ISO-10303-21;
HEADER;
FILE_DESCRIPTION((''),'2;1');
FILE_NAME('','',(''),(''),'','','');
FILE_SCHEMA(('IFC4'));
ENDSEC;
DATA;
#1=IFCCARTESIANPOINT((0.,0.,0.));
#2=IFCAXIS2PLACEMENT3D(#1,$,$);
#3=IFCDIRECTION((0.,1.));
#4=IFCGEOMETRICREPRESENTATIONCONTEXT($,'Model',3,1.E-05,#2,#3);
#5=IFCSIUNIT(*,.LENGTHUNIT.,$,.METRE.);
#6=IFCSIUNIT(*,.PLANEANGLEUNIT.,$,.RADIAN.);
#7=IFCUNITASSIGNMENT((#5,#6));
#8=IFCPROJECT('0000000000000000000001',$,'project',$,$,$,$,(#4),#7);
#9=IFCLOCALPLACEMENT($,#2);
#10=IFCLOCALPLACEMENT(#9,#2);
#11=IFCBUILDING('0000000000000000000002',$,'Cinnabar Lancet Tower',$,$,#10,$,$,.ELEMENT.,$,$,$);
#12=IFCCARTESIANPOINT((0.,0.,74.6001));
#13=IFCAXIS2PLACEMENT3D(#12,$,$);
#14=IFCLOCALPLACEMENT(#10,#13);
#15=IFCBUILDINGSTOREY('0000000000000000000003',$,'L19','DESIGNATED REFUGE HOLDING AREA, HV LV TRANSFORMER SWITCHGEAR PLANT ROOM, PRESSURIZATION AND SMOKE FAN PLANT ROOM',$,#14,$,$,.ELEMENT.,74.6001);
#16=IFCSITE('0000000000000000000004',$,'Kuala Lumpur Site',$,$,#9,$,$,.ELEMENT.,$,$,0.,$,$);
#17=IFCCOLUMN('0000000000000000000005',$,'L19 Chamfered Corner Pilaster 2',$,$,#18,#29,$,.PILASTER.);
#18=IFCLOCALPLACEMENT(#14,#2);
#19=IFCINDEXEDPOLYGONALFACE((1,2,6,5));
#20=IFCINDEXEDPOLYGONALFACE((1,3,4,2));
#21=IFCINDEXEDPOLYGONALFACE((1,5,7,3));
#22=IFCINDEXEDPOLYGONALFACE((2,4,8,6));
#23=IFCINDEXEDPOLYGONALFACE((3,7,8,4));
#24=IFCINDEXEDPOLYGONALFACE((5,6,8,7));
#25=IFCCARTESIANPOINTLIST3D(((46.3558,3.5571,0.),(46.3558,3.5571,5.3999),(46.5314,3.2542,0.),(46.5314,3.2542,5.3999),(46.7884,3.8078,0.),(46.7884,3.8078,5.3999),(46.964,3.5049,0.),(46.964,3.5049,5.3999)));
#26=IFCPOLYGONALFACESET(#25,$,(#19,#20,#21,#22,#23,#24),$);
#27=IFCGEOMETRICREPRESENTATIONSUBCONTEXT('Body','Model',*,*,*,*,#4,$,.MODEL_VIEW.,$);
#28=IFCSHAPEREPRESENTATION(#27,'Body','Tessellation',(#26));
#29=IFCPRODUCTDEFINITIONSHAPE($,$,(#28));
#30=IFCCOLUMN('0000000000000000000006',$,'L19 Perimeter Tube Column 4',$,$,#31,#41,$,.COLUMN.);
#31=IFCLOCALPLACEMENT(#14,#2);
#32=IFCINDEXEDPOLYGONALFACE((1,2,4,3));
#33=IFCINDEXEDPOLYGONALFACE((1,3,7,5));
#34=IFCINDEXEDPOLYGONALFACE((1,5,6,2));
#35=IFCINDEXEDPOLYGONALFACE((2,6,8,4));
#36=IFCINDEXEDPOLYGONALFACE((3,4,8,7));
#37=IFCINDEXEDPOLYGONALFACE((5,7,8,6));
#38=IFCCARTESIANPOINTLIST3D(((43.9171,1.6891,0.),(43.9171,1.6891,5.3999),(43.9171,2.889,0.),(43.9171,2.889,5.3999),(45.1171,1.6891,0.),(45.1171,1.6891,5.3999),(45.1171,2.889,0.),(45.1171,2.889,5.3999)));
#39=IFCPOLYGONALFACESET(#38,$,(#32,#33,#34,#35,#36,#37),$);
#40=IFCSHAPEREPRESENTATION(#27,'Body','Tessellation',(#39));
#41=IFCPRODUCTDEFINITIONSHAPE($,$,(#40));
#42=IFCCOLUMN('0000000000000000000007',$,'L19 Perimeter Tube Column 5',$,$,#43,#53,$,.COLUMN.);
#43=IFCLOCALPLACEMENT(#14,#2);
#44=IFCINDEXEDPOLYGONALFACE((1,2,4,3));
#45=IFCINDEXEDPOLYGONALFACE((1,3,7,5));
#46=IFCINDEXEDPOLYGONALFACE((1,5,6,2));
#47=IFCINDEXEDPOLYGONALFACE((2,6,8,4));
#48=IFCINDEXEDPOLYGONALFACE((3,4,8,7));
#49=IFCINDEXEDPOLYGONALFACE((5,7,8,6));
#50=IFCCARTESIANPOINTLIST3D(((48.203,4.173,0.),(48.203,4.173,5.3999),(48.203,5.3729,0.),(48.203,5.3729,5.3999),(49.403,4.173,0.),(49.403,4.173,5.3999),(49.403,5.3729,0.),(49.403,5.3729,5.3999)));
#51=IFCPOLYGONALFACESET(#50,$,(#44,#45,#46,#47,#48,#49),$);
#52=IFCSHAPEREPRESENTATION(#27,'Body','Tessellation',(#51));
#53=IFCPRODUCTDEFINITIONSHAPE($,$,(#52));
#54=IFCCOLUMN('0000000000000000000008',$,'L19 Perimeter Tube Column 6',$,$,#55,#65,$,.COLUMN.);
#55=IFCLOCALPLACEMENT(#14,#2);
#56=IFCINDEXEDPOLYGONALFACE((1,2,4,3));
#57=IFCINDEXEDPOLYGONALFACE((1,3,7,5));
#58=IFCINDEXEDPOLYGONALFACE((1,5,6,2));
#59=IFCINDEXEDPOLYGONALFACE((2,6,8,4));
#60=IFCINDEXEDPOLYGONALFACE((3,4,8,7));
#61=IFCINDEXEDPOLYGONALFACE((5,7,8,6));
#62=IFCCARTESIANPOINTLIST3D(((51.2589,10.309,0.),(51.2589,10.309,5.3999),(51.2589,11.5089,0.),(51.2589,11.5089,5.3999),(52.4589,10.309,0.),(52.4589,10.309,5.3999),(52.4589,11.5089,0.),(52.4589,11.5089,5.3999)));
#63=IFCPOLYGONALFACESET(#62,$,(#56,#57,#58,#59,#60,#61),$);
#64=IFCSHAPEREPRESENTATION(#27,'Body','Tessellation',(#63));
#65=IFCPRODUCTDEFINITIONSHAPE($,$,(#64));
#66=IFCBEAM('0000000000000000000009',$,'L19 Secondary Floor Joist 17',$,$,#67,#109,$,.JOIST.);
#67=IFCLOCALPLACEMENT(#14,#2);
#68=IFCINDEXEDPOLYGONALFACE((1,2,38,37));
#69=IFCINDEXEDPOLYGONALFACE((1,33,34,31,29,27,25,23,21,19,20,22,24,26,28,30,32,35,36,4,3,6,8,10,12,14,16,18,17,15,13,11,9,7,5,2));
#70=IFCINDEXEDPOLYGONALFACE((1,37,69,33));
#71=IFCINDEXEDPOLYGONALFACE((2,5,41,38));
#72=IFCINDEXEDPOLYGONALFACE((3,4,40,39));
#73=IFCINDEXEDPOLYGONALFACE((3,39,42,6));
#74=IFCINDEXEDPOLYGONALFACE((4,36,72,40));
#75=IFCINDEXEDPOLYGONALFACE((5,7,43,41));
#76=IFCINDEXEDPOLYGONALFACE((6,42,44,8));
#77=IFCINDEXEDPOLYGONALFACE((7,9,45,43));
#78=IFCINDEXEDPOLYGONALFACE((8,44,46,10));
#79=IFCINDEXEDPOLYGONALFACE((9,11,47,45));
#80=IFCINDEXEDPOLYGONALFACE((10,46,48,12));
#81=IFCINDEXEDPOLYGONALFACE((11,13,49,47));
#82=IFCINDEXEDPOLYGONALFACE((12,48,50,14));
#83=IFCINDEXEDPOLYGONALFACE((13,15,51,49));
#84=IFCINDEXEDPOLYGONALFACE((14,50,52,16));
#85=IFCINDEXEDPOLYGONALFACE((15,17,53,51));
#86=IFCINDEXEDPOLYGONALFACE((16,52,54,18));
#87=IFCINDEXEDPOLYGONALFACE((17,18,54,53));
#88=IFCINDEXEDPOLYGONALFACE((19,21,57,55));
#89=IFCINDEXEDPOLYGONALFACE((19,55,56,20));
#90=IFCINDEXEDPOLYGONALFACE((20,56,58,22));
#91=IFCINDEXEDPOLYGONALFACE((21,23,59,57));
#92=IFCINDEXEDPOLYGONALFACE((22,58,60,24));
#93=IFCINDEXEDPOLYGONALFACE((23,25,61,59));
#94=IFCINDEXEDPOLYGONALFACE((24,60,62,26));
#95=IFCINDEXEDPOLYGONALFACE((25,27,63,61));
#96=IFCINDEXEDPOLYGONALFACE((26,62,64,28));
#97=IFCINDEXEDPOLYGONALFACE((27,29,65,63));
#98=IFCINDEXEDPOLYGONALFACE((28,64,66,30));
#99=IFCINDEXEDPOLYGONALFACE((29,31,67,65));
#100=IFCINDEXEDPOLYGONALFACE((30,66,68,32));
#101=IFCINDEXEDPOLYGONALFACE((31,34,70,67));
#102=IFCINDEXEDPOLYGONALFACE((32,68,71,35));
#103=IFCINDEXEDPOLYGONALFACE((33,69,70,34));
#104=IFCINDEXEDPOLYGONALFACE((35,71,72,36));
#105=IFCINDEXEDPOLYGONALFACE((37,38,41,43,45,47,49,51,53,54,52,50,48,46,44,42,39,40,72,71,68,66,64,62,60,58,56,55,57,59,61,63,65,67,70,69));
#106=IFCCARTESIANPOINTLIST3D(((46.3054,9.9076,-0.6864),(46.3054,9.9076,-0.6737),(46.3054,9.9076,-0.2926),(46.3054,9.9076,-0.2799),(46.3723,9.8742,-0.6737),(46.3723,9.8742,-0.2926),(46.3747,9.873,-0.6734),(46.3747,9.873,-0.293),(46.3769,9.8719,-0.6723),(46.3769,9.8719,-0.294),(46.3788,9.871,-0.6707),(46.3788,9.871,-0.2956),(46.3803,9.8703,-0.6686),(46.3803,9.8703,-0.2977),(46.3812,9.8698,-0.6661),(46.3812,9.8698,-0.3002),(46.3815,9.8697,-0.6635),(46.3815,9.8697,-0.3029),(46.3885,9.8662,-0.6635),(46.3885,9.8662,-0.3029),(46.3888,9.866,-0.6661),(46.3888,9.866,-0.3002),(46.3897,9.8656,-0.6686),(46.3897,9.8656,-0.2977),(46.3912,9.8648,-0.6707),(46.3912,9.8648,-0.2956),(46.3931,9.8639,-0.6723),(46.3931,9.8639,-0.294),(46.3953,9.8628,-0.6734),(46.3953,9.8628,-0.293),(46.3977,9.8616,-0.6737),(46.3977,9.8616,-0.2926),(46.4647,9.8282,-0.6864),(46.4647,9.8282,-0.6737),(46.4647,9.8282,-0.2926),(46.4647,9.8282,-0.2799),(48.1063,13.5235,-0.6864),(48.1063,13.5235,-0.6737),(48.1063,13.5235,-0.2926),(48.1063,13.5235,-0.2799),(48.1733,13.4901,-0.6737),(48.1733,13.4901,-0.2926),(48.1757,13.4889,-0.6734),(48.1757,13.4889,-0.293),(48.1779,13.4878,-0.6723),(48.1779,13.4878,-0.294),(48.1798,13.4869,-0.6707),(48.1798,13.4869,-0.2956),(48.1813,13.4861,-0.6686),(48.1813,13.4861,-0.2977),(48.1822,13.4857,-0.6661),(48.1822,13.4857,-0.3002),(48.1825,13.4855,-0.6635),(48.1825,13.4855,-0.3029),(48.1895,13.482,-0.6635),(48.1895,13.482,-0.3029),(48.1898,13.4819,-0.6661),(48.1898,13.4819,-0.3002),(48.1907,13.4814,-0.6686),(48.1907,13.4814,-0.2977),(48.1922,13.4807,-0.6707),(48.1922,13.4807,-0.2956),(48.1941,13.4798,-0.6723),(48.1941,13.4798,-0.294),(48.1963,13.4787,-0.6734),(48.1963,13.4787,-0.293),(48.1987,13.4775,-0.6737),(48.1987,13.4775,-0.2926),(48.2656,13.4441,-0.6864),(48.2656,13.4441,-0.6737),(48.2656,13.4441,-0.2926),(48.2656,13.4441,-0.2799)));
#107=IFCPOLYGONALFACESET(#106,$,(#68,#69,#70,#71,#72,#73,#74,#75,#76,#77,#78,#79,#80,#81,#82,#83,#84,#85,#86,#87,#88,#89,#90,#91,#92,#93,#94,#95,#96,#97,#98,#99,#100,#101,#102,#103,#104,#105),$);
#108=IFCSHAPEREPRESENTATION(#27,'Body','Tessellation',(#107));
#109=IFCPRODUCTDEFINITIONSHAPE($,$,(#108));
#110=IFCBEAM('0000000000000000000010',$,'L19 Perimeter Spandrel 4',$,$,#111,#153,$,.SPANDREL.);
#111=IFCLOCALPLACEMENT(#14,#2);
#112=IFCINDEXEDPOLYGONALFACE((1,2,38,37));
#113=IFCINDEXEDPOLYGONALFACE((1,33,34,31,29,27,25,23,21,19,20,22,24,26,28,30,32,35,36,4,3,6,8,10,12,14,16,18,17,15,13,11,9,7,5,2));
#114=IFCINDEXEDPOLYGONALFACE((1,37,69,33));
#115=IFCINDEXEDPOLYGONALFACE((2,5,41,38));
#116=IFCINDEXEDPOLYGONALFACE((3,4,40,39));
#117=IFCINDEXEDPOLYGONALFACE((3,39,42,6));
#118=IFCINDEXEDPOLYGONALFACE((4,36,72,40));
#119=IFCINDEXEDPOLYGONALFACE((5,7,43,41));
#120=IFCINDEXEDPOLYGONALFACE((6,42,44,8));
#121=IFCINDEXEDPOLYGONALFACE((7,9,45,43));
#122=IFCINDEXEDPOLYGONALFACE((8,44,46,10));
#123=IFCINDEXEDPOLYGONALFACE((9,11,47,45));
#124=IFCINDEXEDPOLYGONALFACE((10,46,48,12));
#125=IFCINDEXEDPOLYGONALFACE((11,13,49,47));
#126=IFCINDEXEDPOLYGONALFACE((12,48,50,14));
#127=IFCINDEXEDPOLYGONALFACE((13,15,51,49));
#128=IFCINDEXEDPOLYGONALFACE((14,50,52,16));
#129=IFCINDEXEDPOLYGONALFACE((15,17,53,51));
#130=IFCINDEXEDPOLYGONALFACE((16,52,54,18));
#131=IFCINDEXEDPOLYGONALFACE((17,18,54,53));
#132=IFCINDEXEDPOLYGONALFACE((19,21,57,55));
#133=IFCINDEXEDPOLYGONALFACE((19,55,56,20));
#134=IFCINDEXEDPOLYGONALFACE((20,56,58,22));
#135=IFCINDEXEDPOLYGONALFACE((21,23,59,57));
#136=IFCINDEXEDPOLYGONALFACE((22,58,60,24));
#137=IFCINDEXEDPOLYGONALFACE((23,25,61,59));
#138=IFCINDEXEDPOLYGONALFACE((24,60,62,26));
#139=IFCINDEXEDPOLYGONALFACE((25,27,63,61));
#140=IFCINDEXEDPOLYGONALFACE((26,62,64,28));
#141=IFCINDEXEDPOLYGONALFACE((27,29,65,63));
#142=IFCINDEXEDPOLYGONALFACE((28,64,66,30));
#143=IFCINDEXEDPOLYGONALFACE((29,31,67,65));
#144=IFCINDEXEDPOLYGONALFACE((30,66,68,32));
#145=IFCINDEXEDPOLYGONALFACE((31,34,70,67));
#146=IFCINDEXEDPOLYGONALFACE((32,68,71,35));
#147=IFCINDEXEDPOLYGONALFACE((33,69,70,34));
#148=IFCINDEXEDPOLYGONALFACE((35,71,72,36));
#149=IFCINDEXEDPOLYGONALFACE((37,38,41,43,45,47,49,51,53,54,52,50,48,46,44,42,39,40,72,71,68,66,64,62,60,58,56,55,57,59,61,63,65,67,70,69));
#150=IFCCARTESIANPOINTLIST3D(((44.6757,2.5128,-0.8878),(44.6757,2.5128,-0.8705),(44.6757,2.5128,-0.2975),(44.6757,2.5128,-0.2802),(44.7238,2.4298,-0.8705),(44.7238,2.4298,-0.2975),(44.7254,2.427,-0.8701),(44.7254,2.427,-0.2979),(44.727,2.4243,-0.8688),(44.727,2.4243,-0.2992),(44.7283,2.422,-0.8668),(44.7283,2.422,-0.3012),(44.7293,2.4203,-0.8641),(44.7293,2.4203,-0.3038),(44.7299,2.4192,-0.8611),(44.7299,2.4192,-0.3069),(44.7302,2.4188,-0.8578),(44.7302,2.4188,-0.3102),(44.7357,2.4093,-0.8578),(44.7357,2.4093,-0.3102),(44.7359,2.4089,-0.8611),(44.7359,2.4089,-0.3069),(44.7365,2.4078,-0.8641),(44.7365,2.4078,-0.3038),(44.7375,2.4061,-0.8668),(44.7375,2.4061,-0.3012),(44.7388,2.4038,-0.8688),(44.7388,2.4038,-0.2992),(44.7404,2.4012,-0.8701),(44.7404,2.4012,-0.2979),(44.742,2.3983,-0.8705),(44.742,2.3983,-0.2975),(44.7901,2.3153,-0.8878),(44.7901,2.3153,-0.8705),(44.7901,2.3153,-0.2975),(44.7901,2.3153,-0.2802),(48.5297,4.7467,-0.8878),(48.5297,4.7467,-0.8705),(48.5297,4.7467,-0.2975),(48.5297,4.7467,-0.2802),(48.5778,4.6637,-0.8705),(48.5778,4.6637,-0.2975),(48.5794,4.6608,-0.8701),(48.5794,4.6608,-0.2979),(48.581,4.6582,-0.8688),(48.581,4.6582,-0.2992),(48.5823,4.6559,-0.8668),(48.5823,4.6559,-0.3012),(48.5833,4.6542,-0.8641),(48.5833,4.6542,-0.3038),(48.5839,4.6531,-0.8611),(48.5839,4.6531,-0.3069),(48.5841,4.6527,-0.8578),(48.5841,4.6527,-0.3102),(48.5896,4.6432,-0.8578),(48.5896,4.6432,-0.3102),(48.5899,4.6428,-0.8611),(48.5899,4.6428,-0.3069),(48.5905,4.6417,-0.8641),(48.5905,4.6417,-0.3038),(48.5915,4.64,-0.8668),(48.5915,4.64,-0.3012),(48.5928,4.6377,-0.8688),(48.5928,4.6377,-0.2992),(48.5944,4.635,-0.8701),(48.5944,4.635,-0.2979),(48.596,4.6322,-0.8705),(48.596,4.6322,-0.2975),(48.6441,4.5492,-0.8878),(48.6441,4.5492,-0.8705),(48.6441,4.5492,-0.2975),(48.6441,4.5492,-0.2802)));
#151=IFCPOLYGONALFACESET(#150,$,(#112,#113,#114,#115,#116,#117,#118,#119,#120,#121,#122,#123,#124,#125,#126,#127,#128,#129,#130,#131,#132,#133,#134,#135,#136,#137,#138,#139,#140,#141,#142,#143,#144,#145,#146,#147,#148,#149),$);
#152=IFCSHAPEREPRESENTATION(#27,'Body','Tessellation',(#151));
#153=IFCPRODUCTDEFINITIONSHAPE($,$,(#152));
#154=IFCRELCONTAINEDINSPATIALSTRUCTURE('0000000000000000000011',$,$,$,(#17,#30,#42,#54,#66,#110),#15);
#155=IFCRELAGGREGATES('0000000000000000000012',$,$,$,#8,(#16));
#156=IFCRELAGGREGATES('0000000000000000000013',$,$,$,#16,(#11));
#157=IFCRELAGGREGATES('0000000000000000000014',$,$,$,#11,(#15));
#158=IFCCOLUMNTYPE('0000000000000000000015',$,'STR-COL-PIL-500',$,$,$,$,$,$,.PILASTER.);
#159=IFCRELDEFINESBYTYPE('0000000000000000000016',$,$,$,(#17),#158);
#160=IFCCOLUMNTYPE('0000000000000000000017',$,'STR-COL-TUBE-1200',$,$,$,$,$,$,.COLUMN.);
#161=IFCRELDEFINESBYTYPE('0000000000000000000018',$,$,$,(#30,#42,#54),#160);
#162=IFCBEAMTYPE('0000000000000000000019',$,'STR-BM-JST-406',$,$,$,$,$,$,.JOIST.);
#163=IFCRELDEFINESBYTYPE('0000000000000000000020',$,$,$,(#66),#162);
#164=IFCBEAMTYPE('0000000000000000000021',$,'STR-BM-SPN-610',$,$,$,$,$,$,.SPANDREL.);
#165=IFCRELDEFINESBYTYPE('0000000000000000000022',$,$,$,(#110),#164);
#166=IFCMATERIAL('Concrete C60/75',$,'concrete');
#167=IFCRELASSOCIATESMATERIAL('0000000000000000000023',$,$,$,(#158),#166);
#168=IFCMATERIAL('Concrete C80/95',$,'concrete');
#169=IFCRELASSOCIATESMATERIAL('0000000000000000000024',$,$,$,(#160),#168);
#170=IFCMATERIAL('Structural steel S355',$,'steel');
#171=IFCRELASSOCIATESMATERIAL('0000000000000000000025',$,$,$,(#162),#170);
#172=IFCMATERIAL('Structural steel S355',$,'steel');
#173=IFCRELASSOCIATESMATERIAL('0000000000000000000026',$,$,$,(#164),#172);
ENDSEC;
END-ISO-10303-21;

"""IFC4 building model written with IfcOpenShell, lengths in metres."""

from ifc_helpers import new_model, si_unit, direction, frame, origin, origin_2d, place, context, subcontext, project, spatial, rectangle, i_section, extrude, material, material_profile, profile_set, type_object, element, save


model = new_model("IFC4")

# Units and contexts
model_context = context("Model", 3, precision=1e-05, world=origin(), true_north=direction((0.0, 1.0)))
body_context = subcontext(model_context, "Body", "Model", "MODEL_VIEW")
ifc_project = project(units=[si_unit("LENGTHUNIT", "METRE"), si_unit("PLANEANGLEUNIT", "RADIAN")], contexts=[model_context])

# Site, building, storey
site_placement = place(None, origin())
site = spatial("IfcSite", under=ifc_project, at=site_placement, Name="Kuala Lumpur Site", CompositionType="ELEMENT", RefElevation=0.0)
building_placement = place(site_placement, origin())
building = spatial("IfcBuilding", under=site, at=building_placement, Name="Cinnabar Lancet Tower", CompositionType="ELEMENT")
storey_placement = place(building_placement, frame((0.0, 0.0, 74.6001)))
storey = spatial("IfcBuildingStorey", under=building, at=storey_placement, Name="L19", Description="DESIGNATED REFUGE HOLDING AREA, HV LV TRANSFORMER SWITCHGEAR PLANT ROOM, PRESSURIZATION AND SMOKE FAN PLANT ROOM", CompositionType="ELEMENT", Elevation=74.6001)

# Columns
ifc_material_1 = material(Name="Concrete C60/75", Category="concrete")
ifc_material_profile_1 = material_profile(ifc_material_1, rectangle(XDim=0.5, YDim=0.3501, at=origin_2d()), Name="RC-PIL 500x350")
ifc_profile_set_1 = profile_set([ifc_material_profile_1], Name="Concrete C60/75")
column_type_1 = type_object("IfcColumnType", Name="STR-COL-PIL-500", PredefinedType="PILASTER", material=ifc_profile_set_1)
column_placement = place(storey_placement, frame((46.6599, 3.531, 0.0), z_axis=(0.0, 0.0, 1.0), x_axis=(0.865195, 0.501435, 0.0)))
element("IfcColumn", 1, at=column_placement, inside=storey, type_object=column_type_1, Name="L19 Chamfered Corner Pilaster 2", PredefinedType="PILASTER", context=body_context, shape_type="SweptSolid", body=[
    extrude(rectangle(XDim=0.5, YDim=0.3501, at=origin_2d()), origin(), (0.0, 0.0, 1.0), 5.3999),
])
ifc_material_2 = material(Name="Concrete C80/95", Category="concrete")
ifc_material_profile_2 = material_profile(ifc_material_2, rectangle(XDim=1.2, YDim=1.2, at=origin_2d()), Name="RC-COL 1200x1200")
ifc_profile_set_2 = profile_set([ifc_material_profile_2], Name="Concrete C80/95")
column_type_2 = type_object("IfcColumnType", Name="STR-COL-TUBE-1200", PredefinedType="COLUMN", material=ifc_profile_set_2)
for number, where, z_axis, x_axis, name in (
    (2, (44.5171, 2.2891, 0.0), (0.0, 0.0, 1.0), (1.0, 0.0, 0.0), "L19 Perimeter Tube Column 4"),
    (3, (48.803, 4.7729, 0.0), (0.0, 0.0, 1.0), (1.0, 0.0, 0.0), "L19 Perimeter Tube Column 5"),
    (4, (51.8589, 10.9089, 0.0), (0.0, 0.0, 1.0), (1.0, 0.0, 0.0), "L19 Perimeter Tube Column 6"),
):
    element("IfcColumn", number, at=place(storey_placement, frame(where, z_axis=z_axis, x_axis=x_axis)), inside=storey, type_object=column_type_2, Name=name, PredefinedType="COLUMN", context=body_context, shape_type="SweptSolid", body=[
        extrude(rectangle(XDim=1.2, YDim=1.2, at=origin_2d()), origin(), (0.0, 0.0, 1.0), 5.3999),
    ])

# Beams
ifc_material_3 = material(Name="Structural steel S355", Category="steel")
ifc_material_profile_3 = material_profile(ifc_material_3, i_section(OverallWidth=0.178, OverallDepth=0.4065, WebThickness=0.0078, FlangeThickness=0.0127, FilletRadius=0.0103, at=origin_2d()), Name="UKB 406x178x60")
ifc_profile_set_3 = profile_set([ifc_material_profile_3], Name="Structural steel S355")
beam_type_1 = type_object("IfcBeamType", Name="STR-BM-JST-406", PredefinedType="JOIST", material=ifc_profile_set_3)
beam_1_placement = place(storey_placement, frame((46.385, 9.8679, -0.4832), z_axis=(0.445835, 0.895115, 0.0), x_axis=(-0.895115, 0.445835, 0.0)))
element("IfcBeam", 5, at=beam_1_placement, inside=storey, type_object=beam_type_1, Name="L19 Secondary Floor Joist 17", PredefinedType="JOIST", context=body_context, shape_type="SweptSolid", body=[
    extrude(i_section(OverallWidth=0.178, OverallDepth=0.4065, WebThickness=0.0078, FlangeThickness=0.0127, FilletRadius=0.0103, at=origin_2d()), origin(), (0.0, 0.0, 1.0), 4.0396),
])
ifc_material_4 = material(Name="Structural steel S355", Category="steel")
ifc_material_profile_4 = material_profile(ifc_material_4, i_section(OverallWidth=0.2283, OverallDepth=0.6077, WebThickness=0.011, FlangeThickness=0.0173, FilletRadius=0.0127, at=origin_2d()), Name="UKB 610x229x113")
ifc_profile_set_4 = profile_set([ifc_material_profile_4], Name="Structural steel S355")
beam_type_2 = type_object("IfcBeamType", Name="STR-BM-SPN-610", PredefinedType="SPANDREL", material=ifc_profile_set_4)
beam_2_placement = place(storey_placement, frame((44.7329, 2.4141, -0.584), z_axis=(0.865171, 0.501477, 0.0), x_axis=(-0.501477, 0.865171, 0.0)))
element("IfcBeam", 6, at=beam_2_placement, inside=storey, type_object=beam_type_2, Name="L19 Perimeter Spandrel 4", PredefinedType="SPANDREL", context=body_context, shape_type="SweptSolid", body=[
    extrude(i_section(OverallWidth=0.2283, OverallDepth=0.6077, WebThickness=0.011, FlangeThickness=0.0173, FilletRadius=0.0127, at=origin_2d()), origin(), (0.0, 0.0, 1.0), 4.4546),
])

save(model, "model.ifc")
